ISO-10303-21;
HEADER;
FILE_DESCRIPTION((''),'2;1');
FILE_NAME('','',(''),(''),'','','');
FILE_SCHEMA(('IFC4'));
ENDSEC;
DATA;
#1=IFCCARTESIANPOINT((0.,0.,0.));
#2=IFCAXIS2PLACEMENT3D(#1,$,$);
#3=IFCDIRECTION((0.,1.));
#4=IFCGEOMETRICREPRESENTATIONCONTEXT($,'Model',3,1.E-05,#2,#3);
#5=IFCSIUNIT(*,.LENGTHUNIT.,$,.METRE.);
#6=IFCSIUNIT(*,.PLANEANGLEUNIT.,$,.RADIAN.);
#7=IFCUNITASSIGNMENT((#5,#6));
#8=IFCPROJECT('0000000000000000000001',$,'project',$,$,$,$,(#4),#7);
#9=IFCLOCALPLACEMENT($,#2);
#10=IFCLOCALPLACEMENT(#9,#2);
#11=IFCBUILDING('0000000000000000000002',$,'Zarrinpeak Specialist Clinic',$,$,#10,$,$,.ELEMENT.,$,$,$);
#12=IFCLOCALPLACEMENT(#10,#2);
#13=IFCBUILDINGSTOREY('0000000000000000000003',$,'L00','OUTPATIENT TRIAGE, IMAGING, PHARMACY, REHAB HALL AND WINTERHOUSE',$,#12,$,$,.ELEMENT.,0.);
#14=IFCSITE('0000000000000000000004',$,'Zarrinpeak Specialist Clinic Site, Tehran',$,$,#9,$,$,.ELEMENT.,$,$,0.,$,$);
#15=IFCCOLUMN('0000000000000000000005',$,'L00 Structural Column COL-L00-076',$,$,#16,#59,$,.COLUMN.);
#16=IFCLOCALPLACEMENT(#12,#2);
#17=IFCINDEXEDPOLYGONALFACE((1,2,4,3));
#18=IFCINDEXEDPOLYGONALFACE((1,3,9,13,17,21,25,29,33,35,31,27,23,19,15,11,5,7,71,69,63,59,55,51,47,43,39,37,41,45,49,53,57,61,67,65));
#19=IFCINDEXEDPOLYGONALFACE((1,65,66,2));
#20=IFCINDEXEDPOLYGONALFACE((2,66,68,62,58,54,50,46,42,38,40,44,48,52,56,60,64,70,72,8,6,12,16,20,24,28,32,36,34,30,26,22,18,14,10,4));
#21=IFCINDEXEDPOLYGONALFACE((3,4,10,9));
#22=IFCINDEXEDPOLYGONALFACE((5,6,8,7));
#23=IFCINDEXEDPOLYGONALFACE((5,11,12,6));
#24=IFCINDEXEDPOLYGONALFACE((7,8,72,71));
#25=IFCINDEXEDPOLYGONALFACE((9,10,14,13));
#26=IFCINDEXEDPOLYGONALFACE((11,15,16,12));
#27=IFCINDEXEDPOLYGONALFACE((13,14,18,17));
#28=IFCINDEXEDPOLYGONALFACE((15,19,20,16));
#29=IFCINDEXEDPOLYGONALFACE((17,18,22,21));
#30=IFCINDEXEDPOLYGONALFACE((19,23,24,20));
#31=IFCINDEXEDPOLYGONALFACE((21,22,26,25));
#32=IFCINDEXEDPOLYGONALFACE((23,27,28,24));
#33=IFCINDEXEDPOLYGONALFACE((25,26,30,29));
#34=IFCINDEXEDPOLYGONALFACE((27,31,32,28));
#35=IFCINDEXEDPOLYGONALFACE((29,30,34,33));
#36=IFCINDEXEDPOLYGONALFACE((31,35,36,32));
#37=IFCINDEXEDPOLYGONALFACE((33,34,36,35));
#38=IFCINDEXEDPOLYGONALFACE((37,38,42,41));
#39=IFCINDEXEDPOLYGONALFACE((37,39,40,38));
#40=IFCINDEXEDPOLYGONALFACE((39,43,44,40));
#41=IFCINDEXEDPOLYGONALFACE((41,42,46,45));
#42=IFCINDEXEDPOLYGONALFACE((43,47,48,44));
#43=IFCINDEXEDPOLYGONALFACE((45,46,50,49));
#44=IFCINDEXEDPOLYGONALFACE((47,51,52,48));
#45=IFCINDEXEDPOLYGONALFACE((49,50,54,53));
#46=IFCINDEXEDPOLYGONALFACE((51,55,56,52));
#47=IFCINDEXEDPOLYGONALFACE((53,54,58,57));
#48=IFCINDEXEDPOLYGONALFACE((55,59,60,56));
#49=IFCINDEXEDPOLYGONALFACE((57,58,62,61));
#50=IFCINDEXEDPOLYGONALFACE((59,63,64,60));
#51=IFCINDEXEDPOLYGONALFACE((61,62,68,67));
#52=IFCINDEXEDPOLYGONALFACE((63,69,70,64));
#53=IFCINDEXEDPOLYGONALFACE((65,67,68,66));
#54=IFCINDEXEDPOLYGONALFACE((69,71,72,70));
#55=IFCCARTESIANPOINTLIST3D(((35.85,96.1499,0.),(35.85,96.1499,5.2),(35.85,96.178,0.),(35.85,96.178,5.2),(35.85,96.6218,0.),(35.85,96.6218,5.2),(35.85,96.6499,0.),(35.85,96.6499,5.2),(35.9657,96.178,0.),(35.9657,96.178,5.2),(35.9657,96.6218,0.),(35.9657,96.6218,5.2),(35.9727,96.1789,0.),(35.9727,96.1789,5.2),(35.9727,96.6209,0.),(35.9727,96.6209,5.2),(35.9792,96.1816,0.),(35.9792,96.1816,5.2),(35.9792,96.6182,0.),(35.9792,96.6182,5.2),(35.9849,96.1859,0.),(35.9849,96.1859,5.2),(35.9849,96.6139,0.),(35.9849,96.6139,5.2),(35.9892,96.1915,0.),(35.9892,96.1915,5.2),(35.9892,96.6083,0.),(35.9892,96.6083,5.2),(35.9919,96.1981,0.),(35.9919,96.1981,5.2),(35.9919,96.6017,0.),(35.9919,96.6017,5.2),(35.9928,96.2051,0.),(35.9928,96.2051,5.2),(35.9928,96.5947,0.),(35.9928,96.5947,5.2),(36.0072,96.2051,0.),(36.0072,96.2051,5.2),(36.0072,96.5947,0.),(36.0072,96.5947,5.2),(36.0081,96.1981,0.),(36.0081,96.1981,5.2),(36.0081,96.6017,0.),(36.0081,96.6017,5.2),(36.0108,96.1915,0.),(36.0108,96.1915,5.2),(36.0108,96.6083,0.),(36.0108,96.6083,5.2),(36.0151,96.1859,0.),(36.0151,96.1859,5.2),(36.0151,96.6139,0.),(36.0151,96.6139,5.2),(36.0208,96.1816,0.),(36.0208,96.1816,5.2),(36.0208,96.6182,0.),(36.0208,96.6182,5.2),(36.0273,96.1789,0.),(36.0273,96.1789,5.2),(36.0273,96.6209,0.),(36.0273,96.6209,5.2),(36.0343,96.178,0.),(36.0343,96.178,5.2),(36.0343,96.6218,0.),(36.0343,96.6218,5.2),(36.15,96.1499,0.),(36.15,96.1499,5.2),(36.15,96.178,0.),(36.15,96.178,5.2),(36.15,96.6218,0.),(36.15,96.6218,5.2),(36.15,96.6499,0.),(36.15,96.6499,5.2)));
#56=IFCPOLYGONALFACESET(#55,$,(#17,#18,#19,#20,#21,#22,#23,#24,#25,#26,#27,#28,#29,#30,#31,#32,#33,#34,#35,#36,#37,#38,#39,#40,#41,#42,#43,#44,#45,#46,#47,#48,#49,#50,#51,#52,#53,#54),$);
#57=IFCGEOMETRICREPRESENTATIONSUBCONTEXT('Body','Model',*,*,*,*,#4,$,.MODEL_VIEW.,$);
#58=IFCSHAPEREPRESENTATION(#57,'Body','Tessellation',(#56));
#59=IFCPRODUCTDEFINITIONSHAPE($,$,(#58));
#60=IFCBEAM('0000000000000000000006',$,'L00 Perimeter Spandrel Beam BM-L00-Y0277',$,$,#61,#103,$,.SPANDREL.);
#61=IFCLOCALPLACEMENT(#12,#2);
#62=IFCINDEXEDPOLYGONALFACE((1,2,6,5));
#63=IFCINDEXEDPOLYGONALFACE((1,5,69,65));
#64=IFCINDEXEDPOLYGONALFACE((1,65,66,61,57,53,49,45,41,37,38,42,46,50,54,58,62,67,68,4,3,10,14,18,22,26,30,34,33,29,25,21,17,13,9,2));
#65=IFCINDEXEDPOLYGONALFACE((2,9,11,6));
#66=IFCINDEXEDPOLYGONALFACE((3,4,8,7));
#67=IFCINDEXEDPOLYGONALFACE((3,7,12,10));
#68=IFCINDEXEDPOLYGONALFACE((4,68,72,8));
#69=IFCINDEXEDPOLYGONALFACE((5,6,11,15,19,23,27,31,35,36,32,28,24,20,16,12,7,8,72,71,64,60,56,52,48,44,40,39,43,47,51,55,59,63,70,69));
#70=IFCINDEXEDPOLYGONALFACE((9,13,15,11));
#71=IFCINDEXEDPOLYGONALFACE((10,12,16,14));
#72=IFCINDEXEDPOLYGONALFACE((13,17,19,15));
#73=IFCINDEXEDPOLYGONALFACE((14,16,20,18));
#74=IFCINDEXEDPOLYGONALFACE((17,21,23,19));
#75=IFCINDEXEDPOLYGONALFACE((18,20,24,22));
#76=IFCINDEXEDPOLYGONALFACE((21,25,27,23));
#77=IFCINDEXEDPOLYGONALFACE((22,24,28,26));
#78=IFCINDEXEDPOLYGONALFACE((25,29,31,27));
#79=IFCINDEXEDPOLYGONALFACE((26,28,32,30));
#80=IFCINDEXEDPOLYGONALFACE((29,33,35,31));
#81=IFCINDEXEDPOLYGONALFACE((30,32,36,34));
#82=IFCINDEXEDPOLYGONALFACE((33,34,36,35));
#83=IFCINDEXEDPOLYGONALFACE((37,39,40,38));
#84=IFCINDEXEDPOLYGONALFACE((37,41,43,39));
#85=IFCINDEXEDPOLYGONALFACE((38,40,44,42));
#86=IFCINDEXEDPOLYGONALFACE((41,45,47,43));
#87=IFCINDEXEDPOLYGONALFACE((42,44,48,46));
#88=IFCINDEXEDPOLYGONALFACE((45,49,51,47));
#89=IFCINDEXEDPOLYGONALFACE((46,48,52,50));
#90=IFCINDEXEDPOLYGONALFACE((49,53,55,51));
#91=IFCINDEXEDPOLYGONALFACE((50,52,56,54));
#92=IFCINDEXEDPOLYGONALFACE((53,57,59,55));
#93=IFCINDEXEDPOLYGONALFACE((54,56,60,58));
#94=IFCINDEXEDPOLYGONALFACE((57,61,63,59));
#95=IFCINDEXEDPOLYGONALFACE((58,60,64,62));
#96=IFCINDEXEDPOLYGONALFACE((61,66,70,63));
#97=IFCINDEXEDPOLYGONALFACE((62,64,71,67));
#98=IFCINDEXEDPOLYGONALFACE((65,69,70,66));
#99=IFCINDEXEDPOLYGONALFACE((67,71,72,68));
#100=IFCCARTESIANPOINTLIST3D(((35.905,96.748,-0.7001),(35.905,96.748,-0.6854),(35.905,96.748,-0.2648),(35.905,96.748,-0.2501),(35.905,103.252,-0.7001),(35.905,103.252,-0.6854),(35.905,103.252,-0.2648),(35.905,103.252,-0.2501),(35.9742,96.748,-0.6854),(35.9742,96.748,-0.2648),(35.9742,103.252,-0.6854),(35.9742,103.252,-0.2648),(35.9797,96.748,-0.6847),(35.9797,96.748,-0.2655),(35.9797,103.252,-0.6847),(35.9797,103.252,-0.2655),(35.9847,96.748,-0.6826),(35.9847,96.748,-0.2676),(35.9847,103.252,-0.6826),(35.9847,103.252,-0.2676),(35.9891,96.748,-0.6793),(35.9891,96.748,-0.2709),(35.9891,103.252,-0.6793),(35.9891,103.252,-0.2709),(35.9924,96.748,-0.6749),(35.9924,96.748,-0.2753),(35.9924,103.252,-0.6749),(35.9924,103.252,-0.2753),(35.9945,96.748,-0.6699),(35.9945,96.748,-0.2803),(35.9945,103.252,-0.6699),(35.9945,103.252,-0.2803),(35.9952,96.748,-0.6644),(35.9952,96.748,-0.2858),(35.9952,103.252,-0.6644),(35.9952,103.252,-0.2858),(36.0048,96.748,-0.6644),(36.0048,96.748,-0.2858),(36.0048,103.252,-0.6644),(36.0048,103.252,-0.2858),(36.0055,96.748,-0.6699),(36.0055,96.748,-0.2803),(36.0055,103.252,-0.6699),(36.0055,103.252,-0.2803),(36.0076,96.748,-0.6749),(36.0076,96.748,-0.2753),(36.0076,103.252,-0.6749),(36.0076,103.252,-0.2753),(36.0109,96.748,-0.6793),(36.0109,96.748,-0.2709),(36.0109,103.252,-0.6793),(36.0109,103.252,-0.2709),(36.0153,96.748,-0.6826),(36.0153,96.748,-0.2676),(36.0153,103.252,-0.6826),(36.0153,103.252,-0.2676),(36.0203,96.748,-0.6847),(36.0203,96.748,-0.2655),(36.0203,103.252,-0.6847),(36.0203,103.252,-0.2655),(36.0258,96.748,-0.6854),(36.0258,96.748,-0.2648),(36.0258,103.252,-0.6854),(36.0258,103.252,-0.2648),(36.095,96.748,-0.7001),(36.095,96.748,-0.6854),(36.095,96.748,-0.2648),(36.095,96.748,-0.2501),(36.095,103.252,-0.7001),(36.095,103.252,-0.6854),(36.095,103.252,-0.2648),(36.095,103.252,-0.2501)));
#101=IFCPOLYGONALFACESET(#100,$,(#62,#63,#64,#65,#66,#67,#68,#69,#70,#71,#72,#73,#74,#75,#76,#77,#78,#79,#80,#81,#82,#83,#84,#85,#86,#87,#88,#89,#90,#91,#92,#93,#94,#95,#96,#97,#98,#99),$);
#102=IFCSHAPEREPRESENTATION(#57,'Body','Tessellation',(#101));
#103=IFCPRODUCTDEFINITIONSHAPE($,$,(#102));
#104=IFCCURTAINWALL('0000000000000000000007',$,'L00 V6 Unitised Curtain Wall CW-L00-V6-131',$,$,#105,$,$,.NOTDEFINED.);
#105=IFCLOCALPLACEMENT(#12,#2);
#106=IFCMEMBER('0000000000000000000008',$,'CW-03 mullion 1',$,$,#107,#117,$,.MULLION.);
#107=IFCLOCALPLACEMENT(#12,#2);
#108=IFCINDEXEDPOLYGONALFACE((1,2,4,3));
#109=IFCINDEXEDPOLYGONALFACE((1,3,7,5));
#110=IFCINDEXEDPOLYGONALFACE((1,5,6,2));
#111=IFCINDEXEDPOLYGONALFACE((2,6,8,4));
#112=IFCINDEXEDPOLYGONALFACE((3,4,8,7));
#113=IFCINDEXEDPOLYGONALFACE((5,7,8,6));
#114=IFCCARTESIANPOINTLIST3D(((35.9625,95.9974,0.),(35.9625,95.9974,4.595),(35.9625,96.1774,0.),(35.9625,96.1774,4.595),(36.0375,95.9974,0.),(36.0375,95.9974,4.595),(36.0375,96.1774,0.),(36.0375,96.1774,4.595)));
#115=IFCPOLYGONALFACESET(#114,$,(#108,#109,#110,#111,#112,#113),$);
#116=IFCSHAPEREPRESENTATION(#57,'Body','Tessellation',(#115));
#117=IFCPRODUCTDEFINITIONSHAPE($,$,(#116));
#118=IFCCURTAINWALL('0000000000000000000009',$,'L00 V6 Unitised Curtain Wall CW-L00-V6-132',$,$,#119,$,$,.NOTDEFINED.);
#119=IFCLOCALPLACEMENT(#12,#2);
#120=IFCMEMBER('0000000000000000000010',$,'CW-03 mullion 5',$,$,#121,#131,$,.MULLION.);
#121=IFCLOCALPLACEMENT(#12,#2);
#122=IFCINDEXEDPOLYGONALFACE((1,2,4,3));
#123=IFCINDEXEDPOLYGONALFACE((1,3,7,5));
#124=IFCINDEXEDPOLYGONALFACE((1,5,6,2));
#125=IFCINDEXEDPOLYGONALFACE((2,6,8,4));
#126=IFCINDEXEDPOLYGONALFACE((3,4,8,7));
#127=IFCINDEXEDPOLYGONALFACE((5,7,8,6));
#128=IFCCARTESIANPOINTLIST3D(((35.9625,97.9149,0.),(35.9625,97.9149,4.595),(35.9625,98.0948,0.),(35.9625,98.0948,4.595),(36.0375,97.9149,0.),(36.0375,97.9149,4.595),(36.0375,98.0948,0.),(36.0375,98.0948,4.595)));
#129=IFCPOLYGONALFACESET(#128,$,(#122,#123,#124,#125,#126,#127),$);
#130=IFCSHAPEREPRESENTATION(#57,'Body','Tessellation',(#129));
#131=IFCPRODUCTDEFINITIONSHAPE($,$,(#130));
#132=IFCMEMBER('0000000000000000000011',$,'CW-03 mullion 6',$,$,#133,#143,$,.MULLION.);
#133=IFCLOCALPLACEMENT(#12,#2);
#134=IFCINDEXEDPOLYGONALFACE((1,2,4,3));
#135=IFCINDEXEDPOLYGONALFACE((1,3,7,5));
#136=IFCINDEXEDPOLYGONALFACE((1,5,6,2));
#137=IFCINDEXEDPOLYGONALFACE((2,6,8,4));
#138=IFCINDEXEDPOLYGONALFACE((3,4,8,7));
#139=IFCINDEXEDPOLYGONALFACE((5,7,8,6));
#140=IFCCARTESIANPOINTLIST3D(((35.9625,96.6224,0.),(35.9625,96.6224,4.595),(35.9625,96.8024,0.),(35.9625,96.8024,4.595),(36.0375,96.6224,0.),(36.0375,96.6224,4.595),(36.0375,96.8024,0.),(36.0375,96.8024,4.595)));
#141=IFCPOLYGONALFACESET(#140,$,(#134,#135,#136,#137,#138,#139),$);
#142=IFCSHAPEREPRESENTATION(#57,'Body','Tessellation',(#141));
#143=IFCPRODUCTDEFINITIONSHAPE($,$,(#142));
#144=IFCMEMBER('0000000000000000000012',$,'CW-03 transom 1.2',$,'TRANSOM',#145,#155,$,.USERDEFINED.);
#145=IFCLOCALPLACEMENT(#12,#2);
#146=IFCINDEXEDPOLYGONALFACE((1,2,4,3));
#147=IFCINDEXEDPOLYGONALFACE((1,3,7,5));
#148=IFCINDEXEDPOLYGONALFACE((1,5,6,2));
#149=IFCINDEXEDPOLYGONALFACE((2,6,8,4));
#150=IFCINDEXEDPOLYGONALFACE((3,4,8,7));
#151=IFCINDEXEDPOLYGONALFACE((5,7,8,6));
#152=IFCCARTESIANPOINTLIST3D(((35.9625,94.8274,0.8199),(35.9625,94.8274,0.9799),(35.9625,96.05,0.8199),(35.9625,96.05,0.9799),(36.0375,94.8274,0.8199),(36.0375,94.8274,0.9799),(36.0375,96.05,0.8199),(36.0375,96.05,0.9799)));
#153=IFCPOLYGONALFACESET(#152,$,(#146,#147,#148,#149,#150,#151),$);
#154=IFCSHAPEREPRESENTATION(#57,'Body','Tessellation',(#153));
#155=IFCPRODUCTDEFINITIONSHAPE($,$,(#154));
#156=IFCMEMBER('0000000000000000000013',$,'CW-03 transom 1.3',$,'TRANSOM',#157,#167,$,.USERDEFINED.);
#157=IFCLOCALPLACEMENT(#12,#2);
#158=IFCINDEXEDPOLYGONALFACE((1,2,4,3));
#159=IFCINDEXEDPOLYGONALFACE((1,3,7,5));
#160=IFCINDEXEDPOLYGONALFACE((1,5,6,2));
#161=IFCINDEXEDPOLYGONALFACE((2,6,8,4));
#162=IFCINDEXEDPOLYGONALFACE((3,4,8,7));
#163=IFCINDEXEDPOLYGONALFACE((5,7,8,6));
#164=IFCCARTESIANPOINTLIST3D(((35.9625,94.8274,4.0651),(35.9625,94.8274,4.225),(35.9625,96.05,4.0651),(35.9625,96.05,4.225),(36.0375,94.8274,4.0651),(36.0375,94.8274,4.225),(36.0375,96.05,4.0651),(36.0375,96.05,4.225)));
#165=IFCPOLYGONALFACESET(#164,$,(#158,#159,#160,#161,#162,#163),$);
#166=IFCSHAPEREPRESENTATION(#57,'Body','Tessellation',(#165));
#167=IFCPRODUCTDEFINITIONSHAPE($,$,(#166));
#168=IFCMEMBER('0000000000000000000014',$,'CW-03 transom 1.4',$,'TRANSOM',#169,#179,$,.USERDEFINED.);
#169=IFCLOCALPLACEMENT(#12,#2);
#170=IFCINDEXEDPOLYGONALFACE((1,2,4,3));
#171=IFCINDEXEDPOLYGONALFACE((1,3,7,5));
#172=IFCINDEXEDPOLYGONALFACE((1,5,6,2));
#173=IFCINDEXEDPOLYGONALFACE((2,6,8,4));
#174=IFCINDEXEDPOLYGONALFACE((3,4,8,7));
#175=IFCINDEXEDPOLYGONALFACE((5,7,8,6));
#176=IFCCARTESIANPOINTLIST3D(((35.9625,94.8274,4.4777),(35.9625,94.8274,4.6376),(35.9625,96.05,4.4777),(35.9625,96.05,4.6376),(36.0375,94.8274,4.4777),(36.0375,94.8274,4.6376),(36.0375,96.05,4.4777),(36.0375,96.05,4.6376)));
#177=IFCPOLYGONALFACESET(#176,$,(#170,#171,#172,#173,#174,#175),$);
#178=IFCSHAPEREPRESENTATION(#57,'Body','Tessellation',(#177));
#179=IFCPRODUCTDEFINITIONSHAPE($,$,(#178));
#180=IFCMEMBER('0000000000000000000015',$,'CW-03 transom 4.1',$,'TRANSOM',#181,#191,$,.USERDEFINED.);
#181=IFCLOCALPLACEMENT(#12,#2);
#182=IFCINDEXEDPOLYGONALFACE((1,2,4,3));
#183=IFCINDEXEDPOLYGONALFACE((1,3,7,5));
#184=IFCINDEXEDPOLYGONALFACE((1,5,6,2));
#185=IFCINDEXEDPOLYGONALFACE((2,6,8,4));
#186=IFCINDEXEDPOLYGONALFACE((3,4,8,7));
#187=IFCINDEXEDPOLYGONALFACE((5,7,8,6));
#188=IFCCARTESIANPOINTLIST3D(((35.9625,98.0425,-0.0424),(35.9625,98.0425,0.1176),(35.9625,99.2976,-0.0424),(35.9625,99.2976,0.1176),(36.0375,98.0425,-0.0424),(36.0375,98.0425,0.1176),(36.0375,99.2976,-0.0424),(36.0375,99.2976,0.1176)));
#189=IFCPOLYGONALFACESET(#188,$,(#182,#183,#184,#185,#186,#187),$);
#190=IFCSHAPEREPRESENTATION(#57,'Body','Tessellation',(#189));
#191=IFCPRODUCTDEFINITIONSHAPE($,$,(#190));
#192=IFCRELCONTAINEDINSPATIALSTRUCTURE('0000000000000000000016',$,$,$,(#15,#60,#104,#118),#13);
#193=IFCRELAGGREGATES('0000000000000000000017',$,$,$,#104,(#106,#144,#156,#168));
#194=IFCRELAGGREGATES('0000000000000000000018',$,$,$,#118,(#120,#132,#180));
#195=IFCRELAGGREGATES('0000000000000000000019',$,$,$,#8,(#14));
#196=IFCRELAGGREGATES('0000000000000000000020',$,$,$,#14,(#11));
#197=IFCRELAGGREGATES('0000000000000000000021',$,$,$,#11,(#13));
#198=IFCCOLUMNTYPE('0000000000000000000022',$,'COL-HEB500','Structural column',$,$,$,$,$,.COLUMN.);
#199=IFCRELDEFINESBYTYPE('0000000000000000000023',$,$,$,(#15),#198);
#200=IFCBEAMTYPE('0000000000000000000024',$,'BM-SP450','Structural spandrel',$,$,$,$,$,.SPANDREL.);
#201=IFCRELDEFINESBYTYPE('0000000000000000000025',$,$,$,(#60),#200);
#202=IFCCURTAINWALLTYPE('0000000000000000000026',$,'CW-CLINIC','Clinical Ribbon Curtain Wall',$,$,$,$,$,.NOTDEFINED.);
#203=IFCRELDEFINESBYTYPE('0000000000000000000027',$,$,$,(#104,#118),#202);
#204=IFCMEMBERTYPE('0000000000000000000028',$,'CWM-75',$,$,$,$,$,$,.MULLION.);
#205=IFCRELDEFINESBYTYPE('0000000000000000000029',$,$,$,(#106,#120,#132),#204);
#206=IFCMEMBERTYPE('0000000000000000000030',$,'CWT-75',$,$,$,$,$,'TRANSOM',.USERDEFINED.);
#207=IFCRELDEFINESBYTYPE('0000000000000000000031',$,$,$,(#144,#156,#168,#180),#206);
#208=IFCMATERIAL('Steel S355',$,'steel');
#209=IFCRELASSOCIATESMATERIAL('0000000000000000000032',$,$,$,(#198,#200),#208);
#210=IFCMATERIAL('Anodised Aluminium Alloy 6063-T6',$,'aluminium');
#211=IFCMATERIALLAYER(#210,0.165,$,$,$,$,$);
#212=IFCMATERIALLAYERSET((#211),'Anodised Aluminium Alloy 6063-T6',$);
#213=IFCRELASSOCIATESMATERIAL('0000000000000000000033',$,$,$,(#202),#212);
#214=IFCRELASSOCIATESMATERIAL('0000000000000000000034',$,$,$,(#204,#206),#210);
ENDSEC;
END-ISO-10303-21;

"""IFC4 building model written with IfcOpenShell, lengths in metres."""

from ifc_helpers import new_model, si_unit, direction, frame, origin, origin_2d, place, context, subcontext, project, spatial, rectangle, i_section, extrude, material, layer, layer_set, material_profile, profile_set, type_object, element, aggregate, save


model = new_model("IFC4")

# Units and contexts
model_context = context("Model", 3, precision=1e-05, world=origin(), true_north=direction((0.0, 1.0)))
body_context = subcontext(model_context, "Body", "Model", "MODEL_VIEW")
ifc_project = project(units=[si_unit("LENGTHUNIT", "METRE"), si_unit("PLANEANGLEUNIT", "RADIAN")], contexts=[model_context])

# Site, building, storey
site_placement = place(None, origin())
site = spatial("IfcSite", under=ifc_project, at=site_placement, Name="Zarrinpeak Specialist Clinic Site, Tehran", CompositionType="ELEMENT", RefElevation=0.0)
building_placement = place(site_placement, origin())
building = spatial("IfcBuilding", under=site, at=building_placement, Name="Zarrinpeak Specialist Clinic", CompositionType="ELEMENT")
storey_placement = place(building_placement, origin())
storey = spatial("IfcBuildingStorey", under=building, at=storey_placement, Name="L00", Description="OUTPATIENT TRIAGE, IMAGING, PHARMACY, REHAB HALL AND WINTERHOUSE", CompositionType="ELEMENT", Elevation=0.0)

# Column
ifc_material_1 = material(Name="Steel S355", Category="steel")
ifc_material_profile_1 = material_profile(ifc_material_1, i_section(OverallWidth=0.3, OverallDepth=0.5, WebThickness=0.0144, FlangeThickness=0.0281, FilletRadius=0.0271, at=origin_2d()), Name="HEB 500")
ifc_profile_set_1 = profile_set([ifc_material_profile_1], Name="Steel S355")
column_type = type_object("IfcColumnType", Name="COL-HEB500", Description="Structural column", PredefinedType="COLUMN", material=ifc_profile_set_1)
column_placement = place(storey_placement, frame((36.0, 96.3999, 0.0), z_axis=(0.0, 0.0, 1.0), x_axis=(1.0, 0.0, 0.0)))
element("IfcColumn", 1, at=column_placement, inside=storey, type_object=column_type, Name="L00 Structural Column COL-L00-076", PredefinedType="COLUMN", context=body_context, shape_type="SweptSolid", body=[
    extrude(i_section(OverallWidth=0.3, OverallDepth=0.5, WebThickness=0.0144, FlangeThickness=0.0281, FilletRadius=0.0271, at=origin_2d()), origin(), (0.0, 0.0, 1.0), 5.2),
])

# Beam
ifc_material_profile_2 = material_profile(ifc_material_1, i_section(OverallWidth=0.1899, OverallDepth=0.45, WebThickness=0.0095, FlangeThickness=0.0146, FilletRadius=0.021, at=origin_2d()), Name="IPE 450")
ifc_profile_set_2 = profile_set([ifc_material_profile_2], Name="Steel S355")
beam_type = type_object("IfcBeamType", Name="BM-SP450", Description="Structural spandrel", PredefinedType="SPANDREL", material=ifc_profile_set_2)
beam_placement = place(storey_placement, frame((36.0, 96.748, -0.4751), z_axis=(0.0, 1.0, 0.0), x_axis=(-1.0, 0.0, 0.0)))
element("IfcBeam", 2, at=beam_placement, inside=storey, type_object=beam_type, Name="L00 Perimeter Spandrel Beam BM-L00-Y0277", PredefinedType="SPANDREL", context=body_context, shape_type="SweptSolid", body=[
    extrude(i_section(OverallWidth=0.1899, OverallDepth=0.45, WebThickness=0.0095, FlangeThickness=0.0146, FilletRadius=0.021, at=origin_2d()), origin(), (0.0, 0.0, 1.0), 6.5039),
])

# Curtain wall, member
ifc_material_2 = material(Name="Anodised Aluminium Alloy 6063-T6", Category="aluminium")
ifc_layer_1 = layer(ifc_material_2, 0.165)
ifc_layer_set_1 = layer_set([ifc_layer_1], Name="Anodised Aluminium Alloy 6063-T6")
curtain_wall_type = type_object("IfcCurtainWallType", Name="CW-CLINIC", Description="Clinical Ribbon Curtain Wall", PredefinedType="NOTDEFINED", material=ifc_layer_set_1)
curtain_wall_1_placement = place(storey_placement, origin())
curtain_wall_1 = element("IfcCurtainWall", 3, at=curtain_wall_1_placement, inside=storey, type_object=curtain_wall_type, Name="L00 V6 Unitised Curtain Wall CW-L00-V6-131", PredefinedType="NOTDEFINED")
ifc_material_profile_3 = material_profile(ifc_material_2, rectangle(XDim=0.075, YDim=0.1799, at=origin_2d()), Name="ALU 75x180")
ifc_profile_set_3 = profile_set([ifc_material_profile_3], Name="Anodised Aluminium Alloy 6063-T6")
member_type_1 = type_object("IfcMemberType", Name="CWM-75", PredefinedType="MULLION", material=ifc_profile_set_3)
member_1_placement = place(storey_placement, frame((36.0, 96.0874, 0.0), z_axis=(0.0, 0.0, 1.0), x_axis=(1.0, 0.0, 0.0)))
member_1 = element("IfcMember", 4, at=member_1_placement, type_object=member_type_1, Name="CW-03 mullion 1", PredefinedType="MULLION", context=body_context, shape_type="SweptSolid", body=[
    extrude(rectangle(XDim=0.075, YDim=0.1799, at=origin_2d()), origin(), (0.0, 0.0, 1.0), 4.595),
])

# Curtain wall, members
curtain_wall_2_placement = place(storey_placement, origin())
curtain_wall_2 = element("IfcCurtainWall", 5, at=curtain_wall_2_placement, inside=storey, type_object=curtain_wall_type, Name="L00 V6 Unitised Curtain Wall CW-L00-V6-132", PredefinedType="NOTDEFINED")
member_2_placement = place(storey_placement, frame((36.0, 98.0049, 0.0), z_axis=(0.0, 0.0, 1.0), x_axis=(1.0, 0.0, 0.0)))
member_2 = element("IfcMember", 6, at=member_2_placement, type_object=member_type_1, Name="CW-03 mullion 5", PredefinedType="MULLION", context=body_context, shape_type="SweptSolid", body=[
    extrude(rectangle(XDim=0.075, YDim=0.1799, at=origin_2d()), origin(), (0.0, 0.0, 1.0), 4.595),
])
member_3_placement = place(storey_placement, frame((36.0, 96.7124, 0.0), z_axis=(0.0, 0.0, 1.0), x_axis=(1.0, 0.0, 0.0)))
member_3 = element("IfcMember", 7, at=member_3_placement, type_object=member_type_1, Name="CW-03 mullion 6", PredefinedType="MULLION", context=body_context, shape_type="SweptSolid", body=[
    extrude(rectangle(XDim=0.075, YDim=0.1799, at=origin_2d()), origin(), (0.0, 0.0, 1.0), 4.595),
])

# Members
ifc_material_profile_4 = material_profile(ifc_material_2, rectangle(XDim=0.075, YDim=0.1599, at=origin_2d()), Name="ALU 75x160")
ifc_profile_set_4 = profile_set([ifc_material_profile_4], Name="Anodised Aluminium Alloy 6063-T6")
member_type_2 = type_object("IfcMemberType", Name="CWT-75", ElementType="TRANSOM", PredefinedType="USERDEFINED", material=ifc_profile_set_4)
member_4_placement = place(storey_placement, frame((36.0, 96.05, 0.8999), z_axis=(0.0, -1.0, 0.0), x_axis=(1.0, 0.0, 0.0)))
member_4 = element("IfcMember", 8, at=member_4_placement, type_object=member_type_2, Name="CW-03 transom 1.2", ObjectType="TRANSOM", PredefinedType="USERDEFINED", context=body_context, shape_type="SweptSolid", body=[
    extrude(rectangle(XDim=0.075, YDim=0.1599, at=origin_2d()), origin(), (0.0, 0.0, 1.0), 1.2227),
])
member_5_placement = place(storey_placement, frame((36.0, 96.05, 4.145), z_axis=(0.0, -1.0, 0.0), x_axis=(1.0, 0.0, 0.0)))
member_5 = element("IfcMember", 9, at=member_5_placement, type_object=member_type_2, Name="CW-03 transom 1.3", ObjectType="TRANSOM", PredefinedType="USERDEFINED", context=body_context, shape_type="SweptSolid", body=[
    extrude(rectangle(XDim=0.075, YDim=0.1599, at=origin_2d()), origin(), (0.0, 0.0, 1.0), 1.2227),
])
member_6_placement = place(storey_placement, frame((36.0, 96.05, 4.5576), z_axis=(0.0, -1.0, 0.0), x_axis=(1.0, 0.0, 0.0)))
member_6 = element("IfcMember", 10, at=member_6_placement, type_object=member_type_2, Name="CW-03 transom 1.4", ObjectType="TRANSOM", PredefinedType="USERDEFINED", context=body_context, shape_type="SweptSolid", body=[
    extrude(rectangle(XDim=0.075, YDim=0.1599, at=origin_2d()), origin(), (0.0, 0.0, 1.0), 1.2227),
])
aggregate(curtain_wall_1, [member_1, member_4, member_5, member_6])
member_7_placement = place(storey_placement, frame((36.0, 99.2976, 0.0376), z_axis=(0.0, -1.0, 0.0), x_axis=(1.0, 0.0, 0.0)))
member_7 = element("IfcMember", 11, at=member_7_placement, type_object=member_type_2, Name="CW-03 transom 4.1", ObjectType="TRANSOM", PredefinedType="USERDEFINED", context=body_context, shape_type="SweptSolid", body=[
    extrude(rectangle(XDim=0.075, YDim=0.1599, at=origin_2d()), origin(), (0.0, 0.0, 1.0), 1.2551),
])

aggregate(curtain_wall_2, [member_2, member_3, member_7])

save(model, "model.ifc")
